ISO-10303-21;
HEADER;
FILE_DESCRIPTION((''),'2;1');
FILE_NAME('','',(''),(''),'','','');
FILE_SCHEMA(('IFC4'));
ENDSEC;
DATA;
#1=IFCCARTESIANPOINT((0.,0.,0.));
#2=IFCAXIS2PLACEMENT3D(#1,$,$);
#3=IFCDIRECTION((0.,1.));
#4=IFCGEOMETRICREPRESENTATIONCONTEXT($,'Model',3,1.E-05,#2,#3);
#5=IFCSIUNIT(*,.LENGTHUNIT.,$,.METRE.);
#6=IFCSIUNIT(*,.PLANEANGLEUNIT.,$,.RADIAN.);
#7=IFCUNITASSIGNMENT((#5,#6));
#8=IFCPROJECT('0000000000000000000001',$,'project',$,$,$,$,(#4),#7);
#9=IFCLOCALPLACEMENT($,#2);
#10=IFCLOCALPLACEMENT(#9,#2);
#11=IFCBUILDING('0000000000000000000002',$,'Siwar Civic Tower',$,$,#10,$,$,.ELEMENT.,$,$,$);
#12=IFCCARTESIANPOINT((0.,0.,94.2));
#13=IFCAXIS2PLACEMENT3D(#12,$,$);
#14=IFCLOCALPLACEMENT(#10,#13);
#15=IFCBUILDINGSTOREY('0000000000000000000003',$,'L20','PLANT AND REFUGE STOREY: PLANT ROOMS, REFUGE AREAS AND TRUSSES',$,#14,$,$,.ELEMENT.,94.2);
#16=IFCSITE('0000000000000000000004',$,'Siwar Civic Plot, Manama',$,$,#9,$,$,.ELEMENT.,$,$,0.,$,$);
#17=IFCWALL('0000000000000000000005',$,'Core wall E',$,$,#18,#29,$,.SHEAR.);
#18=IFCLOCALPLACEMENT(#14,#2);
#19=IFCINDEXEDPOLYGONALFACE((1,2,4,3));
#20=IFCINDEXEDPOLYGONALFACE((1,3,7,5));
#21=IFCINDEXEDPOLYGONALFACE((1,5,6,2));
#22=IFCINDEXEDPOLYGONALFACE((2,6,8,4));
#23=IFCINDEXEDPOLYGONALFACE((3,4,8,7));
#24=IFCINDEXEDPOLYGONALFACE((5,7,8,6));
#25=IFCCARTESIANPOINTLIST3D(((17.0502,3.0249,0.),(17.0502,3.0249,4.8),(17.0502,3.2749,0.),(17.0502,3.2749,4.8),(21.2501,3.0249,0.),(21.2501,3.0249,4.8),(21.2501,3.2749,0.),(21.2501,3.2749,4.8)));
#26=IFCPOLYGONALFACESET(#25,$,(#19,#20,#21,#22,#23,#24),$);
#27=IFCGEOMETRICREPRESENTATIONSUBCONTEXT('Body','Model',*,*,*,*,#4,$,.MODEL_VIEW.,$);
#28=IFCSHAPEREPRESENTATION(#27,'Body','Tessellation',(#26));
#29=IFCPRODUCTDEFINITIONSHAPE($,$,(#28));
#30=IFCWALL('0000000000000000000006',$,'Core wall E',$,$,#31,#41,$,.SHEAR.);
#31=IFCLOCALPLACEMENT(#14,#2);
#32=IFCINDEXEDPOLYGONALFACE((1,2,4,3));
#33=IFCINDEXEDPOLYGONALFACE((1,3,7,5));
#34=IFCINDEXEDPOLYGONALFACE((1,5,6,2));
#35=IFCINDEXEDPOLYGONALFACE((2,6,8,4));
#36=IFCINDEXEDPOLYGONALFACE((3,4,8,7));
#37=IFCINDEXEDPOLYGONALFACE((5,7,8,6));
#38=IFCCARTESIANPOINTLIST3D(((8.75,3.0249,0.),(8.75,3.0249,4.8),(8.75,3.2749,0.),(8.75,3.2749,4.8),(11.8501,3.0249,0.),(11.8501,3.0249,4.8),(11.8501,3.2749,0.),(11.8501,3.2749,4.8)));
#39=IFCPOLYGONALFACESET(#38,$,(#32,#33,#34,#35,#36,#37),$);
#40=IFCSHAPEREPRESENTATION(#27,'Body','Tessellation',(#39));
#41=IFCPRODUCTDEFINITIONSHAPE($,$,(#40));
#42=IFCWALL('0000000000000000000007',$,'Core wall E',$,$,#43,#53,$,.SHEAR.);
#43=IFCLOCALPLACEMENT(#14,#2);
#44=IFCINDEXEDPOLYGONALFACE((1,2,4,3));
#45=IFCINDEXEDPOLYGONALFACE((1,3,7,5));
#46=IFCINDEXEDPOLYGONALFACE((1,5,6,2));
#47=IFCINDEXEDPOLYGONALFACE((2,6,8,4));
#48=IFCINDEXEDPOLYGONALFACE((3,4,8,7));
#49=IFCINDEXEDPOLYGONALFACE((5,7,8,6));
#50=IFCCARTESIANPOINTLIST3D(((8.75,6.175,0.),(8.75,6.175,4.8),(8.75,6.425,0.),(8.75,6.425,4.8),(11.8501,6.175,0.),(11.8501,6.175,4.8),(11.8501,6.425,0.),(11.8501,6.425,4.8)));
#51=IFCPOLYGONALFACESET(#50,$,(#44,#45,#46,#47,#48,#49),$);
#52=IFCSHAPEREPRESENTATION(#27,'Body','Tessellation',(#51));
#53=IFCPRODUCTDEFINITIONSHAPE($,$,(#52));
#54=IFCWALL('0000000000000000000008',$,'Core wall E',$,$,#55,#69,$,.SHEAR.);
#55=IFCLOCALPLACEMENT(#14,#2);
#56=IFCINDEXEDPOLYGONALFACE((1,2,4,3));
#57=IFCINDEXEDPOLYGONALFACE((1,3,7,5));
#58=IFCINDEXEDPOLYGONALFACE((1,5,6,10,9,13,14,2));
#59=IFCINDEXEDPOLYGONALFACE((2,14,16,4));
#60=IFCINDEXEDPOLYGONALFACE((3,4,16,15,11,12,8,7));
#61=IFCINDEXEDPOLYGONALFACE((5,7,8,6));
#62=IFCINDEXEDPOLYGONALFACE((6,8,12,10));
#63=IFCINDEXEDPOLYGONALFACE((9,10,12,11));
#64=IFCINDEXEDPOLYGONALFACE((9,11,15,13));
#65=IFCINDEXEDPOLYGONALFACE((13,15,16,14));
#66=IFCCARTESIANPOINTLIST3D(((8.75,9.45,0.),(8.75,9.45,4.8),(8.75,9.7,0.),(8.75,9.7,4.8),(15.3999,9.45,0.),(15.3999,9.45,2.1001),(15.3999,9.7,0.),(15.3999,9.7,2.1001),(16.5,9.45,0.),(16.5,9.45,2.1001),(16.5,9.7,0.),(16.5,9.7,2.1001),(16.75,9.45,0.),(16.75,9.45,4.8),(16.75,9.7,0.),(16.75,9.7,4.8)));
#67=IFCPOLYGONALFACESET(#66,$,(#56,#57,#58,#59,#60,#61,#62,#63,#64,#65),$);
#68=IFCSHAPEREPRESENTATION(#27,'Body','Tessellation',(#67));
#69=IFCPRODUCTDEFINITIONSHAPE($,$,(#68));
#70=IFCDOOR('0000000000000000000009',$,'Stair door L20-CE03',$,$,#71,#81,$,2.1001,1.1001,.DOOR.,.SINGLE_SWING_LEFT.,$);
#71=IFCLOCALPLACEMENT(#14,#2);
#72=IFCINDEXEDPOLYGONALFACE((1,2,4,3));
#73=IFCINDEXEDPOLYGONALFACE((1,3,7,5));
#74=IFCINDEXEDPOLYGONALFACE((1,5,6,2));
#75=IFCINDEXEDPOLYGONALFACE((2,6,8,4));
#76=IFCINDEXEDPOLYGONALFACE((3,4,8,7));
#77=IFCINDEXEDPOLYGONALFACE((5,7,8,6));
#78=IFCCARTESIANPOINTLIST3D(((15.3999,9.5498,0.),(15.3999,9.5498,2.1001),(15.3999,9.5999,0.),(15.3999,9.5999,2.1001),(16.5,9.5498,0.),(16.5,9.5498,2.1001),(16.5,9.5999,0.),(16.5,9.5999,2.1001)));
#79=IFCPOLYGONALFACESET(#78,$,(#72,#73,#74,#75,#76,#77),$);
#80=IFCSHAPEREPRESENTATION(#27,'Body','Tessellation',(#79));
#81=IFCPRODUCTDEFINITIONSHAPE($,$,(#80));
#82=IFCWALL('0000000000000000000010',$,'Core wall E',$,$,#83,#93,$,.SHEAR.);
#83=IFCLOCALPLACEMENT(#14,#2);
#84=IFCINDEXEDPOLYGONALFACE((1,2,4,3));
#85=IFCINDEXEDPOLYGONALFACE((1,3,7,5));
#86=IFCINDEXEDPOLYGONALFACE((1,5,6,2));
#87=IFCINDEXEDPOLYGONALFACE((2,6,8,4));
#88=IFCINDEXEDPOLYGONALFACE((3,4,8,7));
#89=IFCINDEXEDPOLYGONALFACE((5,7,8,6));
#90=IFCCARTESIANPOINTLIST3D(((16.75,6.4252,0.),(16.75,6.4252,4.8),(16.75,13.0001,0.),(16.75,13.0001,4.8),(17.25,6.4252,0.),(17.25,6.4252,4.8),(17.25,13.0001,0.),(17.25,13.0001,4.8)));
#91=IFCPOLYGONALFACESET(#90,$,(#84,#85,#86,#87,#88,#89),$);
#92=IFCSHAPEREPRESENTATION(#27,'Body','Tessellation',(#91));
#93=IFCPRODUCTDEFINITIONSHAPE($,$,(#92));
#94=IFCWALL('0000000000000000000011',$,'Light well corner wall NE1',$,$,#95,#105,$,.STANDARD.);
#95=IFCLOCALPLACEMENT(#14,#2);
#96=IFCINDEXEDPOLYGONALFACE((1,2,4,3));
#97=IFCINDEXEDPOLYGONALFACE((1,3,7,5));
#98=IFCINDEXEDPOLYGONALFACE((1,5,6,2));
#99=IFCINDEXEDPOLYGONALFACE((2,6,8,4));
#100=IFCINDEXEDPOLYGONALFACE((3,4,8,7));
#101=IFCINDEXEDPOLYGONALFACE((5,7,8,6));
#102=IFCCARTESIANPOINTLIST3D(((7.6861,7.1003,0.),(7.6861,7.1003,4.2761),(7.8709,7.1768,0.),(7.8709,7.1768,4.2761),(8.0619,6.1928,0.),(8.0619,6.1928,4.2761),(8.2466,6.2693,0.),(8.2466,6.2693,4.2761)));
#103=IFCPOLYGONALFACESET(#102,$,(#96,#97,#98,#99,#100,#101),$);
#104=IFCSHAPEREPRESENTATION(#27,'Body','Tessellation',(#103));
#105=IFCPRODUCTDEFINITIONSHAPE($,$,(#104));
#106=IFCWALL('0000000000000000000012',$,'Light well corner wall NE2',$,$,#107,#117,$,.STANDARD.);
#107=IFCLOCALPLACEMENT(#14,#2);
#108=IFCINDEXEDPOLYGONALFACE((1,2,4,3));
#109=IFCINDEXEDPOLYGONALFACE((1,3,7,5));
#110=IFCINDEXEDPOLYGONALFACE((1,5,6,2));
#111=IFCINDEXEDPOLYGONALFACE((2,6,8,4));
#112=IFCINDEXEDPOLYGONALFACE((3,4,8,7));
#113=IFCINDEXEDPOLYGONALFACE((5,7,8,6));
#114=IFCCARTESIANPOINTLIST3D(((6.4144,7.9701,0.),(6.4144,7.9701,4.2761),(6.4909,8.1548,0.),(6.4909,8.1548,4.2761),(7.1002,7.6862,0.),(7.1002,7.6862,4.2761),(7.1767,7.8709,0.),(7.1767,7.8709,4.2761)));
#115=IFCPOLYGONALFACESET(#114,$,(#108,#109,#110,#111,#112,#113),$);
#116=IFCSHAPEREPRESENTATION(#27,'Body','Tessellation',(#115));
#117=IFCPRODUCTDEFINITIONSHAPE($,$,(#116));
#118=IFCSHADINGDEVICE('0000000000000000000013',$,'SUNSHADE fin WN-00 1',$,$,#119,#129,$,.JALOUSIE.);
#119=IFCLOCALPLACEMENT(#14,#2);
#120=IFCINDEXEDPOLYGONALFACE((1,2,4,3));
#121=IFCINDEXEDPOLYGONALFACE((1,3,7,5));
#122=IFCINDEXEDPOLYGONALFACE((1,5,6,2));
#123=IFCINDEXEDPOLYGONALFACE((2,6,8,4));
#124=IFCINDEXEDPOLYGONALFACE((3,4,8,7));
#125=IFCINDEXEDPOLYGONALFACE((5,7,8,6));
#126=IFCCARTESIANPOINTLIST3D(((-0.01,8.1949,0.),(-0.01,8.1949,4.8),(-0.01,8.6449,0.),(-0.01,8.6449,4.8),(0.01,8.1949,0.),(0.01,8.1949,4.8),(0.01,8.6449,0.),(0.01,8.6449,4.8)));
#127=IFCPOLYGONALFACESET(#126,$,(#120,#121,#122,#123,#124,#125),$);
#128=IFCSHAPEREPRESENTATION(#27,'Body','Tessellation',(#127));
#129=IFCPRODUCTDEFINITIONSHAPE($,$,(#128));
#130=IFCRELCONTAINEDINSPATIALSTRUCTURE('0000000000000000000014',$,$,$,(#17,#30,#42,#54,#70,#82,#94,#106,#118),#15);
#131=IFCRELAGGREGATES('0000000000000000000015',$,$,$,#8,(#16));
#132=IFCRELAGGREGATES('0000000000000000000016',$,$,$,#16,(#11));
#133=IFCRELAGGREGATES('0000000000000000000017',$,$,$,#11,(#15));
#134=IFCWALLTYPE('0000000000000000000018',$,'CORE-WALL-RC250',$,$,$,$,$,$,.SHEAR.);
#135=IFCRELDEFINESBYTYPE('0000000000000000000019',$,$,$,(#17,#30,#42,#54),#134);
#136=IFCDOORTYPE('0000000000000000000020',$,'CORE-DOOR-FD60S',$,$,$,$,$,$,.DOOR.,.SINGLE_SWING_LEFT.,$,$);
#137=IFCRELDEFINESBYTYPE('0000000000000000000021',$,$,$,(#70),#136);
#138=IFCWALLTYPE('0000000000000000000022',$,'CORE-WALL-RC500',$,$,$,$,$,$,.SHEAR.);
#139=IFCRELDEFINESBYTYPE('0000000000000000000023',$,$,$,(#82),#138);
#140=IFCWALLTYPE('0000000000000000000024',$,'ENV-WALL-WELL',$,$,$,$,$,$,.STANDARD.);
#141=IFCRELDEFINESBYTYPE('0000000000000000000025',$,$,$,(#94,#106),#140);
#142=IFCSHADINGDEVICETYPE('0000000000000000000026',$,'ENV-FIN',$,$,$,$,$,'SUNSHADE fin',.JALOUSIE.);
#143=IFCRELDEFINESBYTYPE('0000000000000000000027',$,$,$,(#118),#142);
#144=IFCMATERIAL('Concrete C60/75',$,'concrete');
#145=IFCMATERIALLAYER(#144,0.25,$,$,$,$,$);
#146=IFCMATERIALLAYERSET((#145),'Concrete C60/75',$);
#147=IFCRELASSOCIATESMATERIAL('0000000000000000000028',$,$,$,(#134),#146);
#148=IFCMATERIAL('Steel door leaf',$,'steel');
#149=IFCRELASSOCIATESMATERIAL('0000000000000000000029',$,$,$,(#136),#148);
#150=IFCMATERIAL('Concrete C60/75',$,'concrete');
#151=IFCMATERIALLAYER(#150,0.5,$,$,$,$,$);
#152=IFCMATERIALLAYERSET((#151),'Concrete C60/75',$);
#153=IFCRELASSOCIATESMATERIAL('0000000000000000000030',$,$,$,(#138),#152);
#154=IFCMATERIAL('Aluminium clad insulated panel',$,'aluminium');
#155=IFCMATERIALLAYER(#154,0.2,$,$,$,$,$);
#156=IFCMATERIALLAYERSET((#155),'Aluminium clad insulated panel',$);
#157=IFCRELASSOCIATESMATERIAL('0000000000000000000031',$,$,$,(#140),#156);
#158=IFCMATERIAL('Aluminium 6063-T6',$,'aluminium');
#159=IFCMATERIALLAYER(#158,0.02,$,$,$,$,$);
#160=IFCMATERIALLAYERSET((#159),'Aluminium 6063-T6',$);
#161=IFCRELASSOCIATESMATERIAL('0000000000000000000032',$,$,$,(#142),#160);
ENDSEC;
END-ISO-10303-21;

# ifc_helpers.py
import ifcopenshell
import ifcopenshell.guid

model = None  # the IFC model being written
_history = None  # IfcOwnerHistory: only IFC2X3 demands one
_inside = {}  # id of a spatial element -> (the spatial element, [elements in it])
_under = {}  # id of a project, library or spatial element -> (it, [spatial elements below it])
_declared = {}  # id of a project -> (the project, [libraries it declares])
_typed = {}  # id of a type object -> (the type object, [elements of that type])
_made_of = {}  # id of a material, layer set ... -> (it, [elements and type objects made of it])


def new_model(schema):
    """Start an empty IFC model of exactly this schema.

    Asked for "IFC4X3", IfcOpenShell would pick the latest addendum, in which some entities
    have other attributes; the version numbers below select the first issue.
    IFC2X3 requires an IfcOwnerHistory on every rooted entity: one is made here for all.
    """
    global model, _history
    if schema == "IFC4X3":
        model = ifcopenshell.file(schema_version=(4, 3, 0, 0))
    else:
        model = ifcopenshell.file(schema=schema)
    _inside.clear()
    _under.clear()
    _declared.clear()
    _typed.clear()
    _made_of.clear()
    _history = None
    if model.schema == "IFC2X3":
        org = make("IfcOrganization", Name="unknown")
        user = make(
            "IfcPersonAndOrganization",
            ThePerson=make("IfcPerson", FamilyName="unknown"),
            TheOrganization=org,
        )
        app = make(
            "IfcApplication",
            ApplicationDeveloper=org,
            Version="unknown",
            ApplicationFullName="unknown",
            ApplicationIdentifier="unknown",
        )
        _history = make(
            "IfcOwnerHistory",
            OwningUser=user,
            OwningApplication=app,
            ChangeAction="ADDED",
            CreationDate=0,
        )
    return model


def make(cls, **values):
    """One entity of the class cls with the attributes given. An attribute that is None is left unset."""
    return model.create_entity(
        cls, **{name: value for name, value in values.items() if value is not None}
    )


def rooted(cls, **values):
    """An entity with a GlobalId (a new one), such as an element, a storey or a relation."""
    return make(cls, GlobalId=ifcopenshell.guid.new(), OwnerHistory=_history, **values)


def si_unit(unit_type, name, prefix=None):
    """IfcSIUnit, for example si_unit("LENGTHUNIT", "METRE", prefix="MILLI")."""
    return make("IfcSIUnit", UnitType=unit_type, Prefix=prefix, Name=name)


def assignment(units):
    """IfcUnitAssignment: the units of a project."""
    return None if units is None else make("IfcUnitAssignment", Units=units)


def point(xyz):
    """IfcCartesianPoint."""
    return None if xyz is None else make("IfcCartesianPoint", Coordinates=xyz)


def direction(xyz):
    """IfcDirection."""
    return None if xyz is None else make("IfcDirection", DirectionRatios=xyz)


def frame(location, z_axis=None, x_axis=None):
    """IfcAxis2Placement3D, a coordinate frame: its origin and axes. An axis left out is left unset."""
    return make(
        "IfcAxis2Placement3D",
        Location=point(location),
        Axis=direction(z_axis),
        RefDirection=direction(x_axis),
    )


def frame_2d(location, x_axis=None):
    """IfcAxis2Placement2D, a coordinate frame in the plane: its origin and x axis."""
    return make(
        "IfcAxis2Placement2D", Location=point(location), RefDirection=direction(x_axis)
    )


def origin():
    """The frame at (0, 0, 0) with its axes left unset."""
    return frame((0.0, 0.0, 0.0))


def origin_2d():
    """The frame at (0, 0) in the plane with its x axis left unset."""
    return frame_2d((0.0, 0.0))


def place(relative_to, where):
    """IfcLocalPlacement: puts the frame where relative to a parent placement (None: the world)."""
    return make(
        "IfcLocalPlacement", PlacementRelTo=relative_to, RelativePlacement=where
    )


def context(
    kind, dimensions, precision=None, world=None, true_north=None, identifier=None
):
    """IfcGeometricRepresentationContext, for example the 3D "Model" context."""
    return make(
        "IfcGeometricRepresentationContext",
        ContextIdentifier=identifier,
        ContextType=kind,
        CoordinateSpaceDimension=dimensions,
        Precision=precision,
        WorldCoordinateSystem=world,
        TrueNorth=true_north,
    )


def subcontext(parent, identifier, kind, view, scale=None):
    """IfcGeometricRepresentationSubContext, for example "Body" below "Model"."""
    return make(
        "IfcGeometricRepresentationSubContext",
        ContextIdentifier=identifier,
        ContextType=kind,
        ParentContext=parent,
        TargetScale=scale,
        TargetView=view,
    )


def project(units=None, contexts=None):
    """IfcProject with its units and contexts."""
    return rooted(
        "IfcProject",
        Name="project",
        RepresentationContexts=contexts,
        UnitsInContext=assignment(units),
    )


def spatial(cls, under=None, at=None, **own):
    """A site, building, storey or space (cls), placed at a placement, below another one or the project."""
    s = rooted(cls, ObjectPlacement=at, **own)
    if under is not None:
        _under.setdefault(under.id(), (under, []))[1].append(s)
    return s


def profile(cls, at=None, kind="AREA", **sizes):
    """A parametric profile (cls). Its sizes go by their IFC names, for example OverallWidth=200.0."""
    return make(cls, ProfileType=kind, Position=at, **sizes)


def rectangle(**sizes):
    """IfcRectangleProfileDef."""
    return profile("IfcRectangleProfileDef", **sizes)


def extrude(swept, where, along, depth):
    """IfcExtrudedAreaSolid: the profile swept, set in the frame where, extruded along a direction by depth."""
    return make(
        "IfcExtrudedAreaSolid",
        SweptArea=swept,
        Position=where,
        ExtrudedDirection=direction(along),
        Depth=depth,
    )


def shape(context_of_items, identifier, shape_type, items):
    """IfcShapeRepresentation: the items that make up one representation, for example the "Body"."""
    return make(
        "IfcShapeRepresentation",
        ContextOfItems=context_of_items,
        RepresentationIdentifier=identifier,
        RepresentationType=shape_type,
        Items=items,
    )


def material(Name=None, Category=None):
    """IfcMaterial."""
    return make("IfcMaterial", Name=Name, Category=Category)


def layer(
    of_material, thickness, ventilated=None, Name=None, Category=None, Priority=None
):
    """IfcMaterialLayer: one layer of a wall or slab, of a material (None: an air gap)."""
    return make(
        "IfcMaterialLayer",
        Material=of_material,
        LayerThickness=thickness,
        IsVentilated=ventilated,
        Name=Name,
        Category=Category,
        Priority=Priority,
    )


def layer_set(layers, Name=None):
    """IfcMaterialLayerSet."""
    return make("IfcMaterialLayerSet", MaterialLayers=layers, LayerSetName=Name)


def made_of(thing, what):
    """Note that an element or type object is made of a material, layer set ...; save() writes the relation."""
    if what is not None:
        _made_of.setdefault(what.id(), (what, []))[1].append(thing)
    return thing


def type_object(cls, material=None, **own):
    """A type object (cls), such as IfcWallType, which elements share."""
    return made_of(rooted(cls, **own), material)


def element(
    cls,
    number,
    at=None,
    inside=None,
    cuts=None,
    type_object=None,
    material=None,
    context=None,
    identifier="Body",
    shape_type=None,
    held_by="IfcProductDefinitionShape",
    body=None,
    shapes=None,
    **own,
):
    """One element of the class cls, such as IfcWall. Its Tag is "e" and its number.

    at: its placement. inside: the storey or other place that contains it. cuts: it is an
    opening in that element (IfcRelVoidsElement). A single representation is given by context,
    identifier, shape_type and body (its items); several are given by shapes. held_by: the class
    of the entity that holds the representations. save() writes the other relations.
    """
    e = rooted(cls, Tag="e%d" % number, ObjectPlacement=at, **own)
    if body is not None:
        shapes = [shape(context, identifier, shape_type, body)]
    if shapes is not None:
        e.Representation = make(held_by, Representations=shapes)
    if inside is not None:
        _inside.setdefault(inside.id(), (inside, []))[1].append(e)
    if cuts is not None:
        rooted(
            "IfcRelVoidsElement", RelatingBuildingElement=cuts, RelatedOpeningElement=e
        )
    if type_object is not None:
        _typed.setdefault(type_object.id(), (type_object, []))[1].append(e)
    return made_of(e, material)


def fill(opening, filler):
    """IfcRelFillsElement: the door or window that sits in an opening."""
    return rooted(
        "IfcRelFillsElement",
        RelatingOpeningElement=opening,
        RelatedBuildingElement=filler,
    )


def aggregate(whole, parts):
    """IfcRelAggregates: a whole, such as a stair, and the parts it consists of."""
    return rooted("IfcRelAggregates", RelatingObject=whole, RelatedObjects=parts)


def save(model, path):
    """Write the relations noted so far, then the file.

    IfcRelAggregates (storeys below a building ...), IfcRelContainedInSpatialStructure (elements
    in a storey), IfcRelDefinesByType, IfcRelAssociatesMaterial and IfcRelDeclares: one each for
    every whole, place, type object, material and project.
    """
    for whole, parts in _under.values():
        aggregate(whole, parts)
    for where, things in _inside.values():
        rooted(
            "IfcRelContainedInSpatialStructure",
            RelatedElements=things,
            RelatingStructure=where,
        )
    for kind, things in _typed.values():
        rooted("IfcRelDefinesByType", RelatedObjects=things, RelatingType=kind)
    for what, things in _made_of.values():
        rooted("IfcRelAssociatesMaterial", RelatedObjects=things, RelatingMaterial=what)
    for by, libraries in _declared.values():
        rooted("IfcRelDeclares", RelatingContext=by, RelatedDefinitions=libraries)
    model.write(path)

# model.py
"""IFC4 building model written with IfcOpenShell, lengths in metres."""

from ifc_helpers import new_model, si_unit, direction, frame, frame_2d, origin, origin_2d, place, context, subcontext, project, spatial, rectangle, extrude, material, layer, layer_set, type_object, element, fill, save


model = new_model("IFC4")

# Units and contexts
model_context = context("Model", 3, precision=1e-05, world=origin(), true_north=direction((0.0, 1.0)))
body_context = subcontext(model_context, "Body", "Model", "MODEL_VIEW")
ifc_project = project(units=[si_unit("LENGTHUNIT", "METRE"), si_unit("PLANEANGLEUNIT", "RADIAN")], contexts=[model_context])

# Site, building, storey
site_placement = place(None, origin())
site = spatial("IfcSite", under=ifc_project, at=site_placement, Name="Siwar Civic Plot, Manama", CompositionType="ELEMENT", RefElevation=0.0)
building_placement = place(site_placement, origin())
building = spatial("IfcBuilding", under=site, at=building_placement, Name="Siwar Civic Tower", CompositionType="ELEMENT")
storey_placement = place(building_placement, frame((0.0, 0.0, 94.2)))
storey = spatial("IfcBuildingStorey", under=building, at=storey_placement, Name="L20", Description="PLANT AND REFUGE STOREY: PLANT ROOMS, REFUGE AREAS AND TRUSSES", CompositionType="ELEMENT", Elevation=94.2)

# Shared definitions
ifc_material_1 = material(Name="Concrete C60/75", Category="concrete")
ifc_layer_1 = layer(ifc_material_1, 0.25)
ifc_layer_set_1 = layer_set([ifc_layer_1], Name="Concrete C60/75")
wall_type_1 = type_object("IfcWallType", Name="CORE-WALL-RC250", PredefinedType="SHEAR", material=ifc_layer_set_1)

# Walls
wall_1_placement = place(storey_placement, frame((17.05, 3.1499, 0.0), z_axis=(0.0, 0.0, 1.0), x_axis=(1.0, 0.0, 0.0)))
element("IfcWall", 1, at=wall_1_placement, inside=storey, type_object=wall_type_1, Name="Core wall E", PredefinedType="SHEAR", context=body_context, shape_type="SweptSolid", body=[
    extrude(rectangle(XDim=4.2, YDim=0.25, at=frame_2d((2.1001, 0.0))), origin(), (0.0, 0.0, 1.0), 4.8),
])
for number, where, z_axis, x_axis, name in (
    (2, (8.75, 3.1499, 0.0), (0.0, 0.0, 1.0), (1.0, 0.0, 0.0), "Core wall E"),
    (3, (8.75, 6.3, 0.0), (0.0, 0.0, 1.0), (1.0, 0.0, 0.0), "Core wall E"),
):
    element("IfcWall", number, at=place(storey_placement, frame(where, z_axis=z_axis, x_axis=x_axis)), inside=storey, type_object=wall_type_1, Name=name, PredefinedType="SHEAR", context=body_context, shape_type="SweptSolid", body=[
        extrude(rectangle(XDim=3.1001, YDim=0.25, at=frame_2d((1.55, 0.0))), origin(), (0.0, 0.0, 1.0), 4.8),
    ])

# Wall, opening, door
wall_2_placement = place(storey_placement, frame((8.75, 9.575, 0.0), z_axis=(0.0, 0.0, 1.0), x_axis=(1.0, 0.0, 0.0)))
wall_2 = element("IfcWall", 4, at=wall_2_placement, inside=storey, type_object=wall_type_1, Name="Core wall E", PredefinedType="SHEAR", context=body_context, shape_type="SweptSolid", body=[
    extrude(rectangle(XDim=8.0, YDim=0.25, at=frame_2d((4.0, 0.0))), origin(), (0.0, 0.0, 1.0), 4.8),
])
opening_1_placement = place(wall_2_placement, frame((6.6499, 0.0, 0.0)))
opening_1 = element("IfcOpeningElement", 5, at=opening_1_placement, cuts=wall_2, PredefinedType="OPENING", context=body_context, shape_type="SweptSolid", body=[
    extrude(rectangle(XDim=1.1001, YDim=2.1001, at=frame_2d((0.55, 1.05))), frame((0.0, 0.135, 0.0), z_axis=(0.0, -1.0, 0.0), x_axis=(1.0, 0.0, 0.0)), (0.0, 0.0, 1.0), 0.27),
])
ifc_material_2 = material(Name="Steel door leaf", Category="steel")
door_type_1 = type_object("IfcDoorType", Name="CORE-DOOR-FD60S", OperationType="SINGLE_SWING_LEFT", PredefinedType="DOOR", material=ifc_material_2)
door_1_placement = place(opening_1_placement, origin())
door_1 = element("IfcDoor", 6, at=door_1_placement, inside=storey, type_object=door_type_1, Name="Stair door L20-CE03", OperationType="SINGLE_SWING_LEFT", OverallHeight=2.1001, OverallWidth=1.1001, PredefinedType="DOOR", context=body_context, shape_type="SweptSolid", body=[
    extrude(rectangle(XDim=1.1001, YDim=2.1001, at=frame_2d((0.55, 1.05))), frame((0.0, 0.0249, 0.0), z_axis=(0.0, -1.0, 0.0), x_axis=(1.0, 0.0, 0.0)), (0.0, 0.0, 1.0), 0.05),
])
fill(opening_1, door_1)

# Walls
ifc_material_3 = material(Name="Concrete C60/75", Category="concrete")
ifc_layer_2 = layer(ifc_material_3, 0.5)
ifc_layer_set_2 = layer_set([ifc_layer_2], Name="Concrete C60/75")
wall_type_2 = type_object("IfcWallType", Name="CORE-WALL-RC500", PredefinedType="SHEAR", material=ifc_layer_set_2)
wall_3_placement = place(storey_placement, frame((17.0, 6.425, 0.0), z_axis=(0.0, 0.0, 1.0), x_axis=(0.0, 1.0, 0.0)))
element("IfcWall", 7, at=wall_3_placement, inside=storey, type_object=wall_type_2, Name="Core wall E", PredefinedType="SHEAR", context=body_context, shape_type="SweptSolid", body=[
    extrude(rectangle(XDim=6.575, YDim=0.5, at=frame_2d((3.2876, 0.0))), origin(), (0.0, 0.0, 1.0), 4.8),
])
ifc_material_4 = material(Name="Aluminium clad insulated panel", Category="aluminium")
ifc_layer_3 = layer(ifc_material_4, 0.2)
ifc_layer_set_3 = layer_set([ifc_layer_3], Name="Aluminium clad insulated panel")
wall_type_3 = type_object("IfcWallType", Name="ENV-WALL-WELL", PredefinedType="STANDARD", material=ifc_layer_set_3)
wall_4_placement = place(storey_placement, frame((8.1543, 6.231, 0.0), z_axis=(0.0, 0.0, 1.0), x_axis=(-0.382549, 0.923935, 0.0)))
element("IfcWall", 8, at=wall_4_placement, inside=storey, type_object=wall_type_3, Name="Light well corner wall NE1", PredefinedType="STANDARD", context=body_context, shape_type="SweptSolid", body=[
    extrude(rectangle(XDim=0.9822, YDim=0.2, at=frame_2d((0.4912, 0.0))), origin(), (0.0, 0.0, 1.0), 4.2761),
])
wall_5_placement = place(storey_placement, frame((7.1384, 7.7786, 0.0), z_axis=(0.0, 0.0, 1.0), x_axis=(-0.923941, 0.382536, 0.0)))
element("IfcWall", 9, at=wall_5_placement, inside=storey, type_object=wall_type_3, Name="Light well corner wall NE2", PredefinedType="STANDARD", context=body_context, shape_type="SweptSolid", body=[
    extrude(rectangle(XDim=0.7422, YDim=0.2, at=frame_2d((0.3711, 0.0))), origin(), (0.0, 0.0, 1.0), 4.2761),
])

# Shading device
ifc_material_5 = material(Name="Aluminium 6063-T6", Category="aluminium")
ifc_layer_4 = layer(ifc_material_5, 0.02)
ifc_layer_set_4 = layer_set([ifc_layer_4], Name="Aluminium 6063-T6")
shading_device_type = type_object("IfcShadingDeviceType", Name="ENV-FIN", ElementType="SUNSHADE fin", PredefinedType="JALOUSIE", material=ifc_layer_set_4)
shading_device_placement = place(storey_placement, frame((0.0, 8.4199, 0.0), z_axis=(0.0, 0.0, 1.0), x_axis=(-1.0, 0.0, 0.0)))
element("IfcShadingDevice", 10, at=shading_device_placement, inside=storey, type_object=shading_device_type, Name="SUNSHADE fin WN-00 1", PredefinedType="JALOUSIE", context=body_context, shape_type="SweptSolid", body=[
    extrude(rectangle(XDim=0.02, YDim=0.45, at=origin_2d()), origin(), (0.0, 0.0, 1.0), 4.8),
])

save(model, "model.ifc")
